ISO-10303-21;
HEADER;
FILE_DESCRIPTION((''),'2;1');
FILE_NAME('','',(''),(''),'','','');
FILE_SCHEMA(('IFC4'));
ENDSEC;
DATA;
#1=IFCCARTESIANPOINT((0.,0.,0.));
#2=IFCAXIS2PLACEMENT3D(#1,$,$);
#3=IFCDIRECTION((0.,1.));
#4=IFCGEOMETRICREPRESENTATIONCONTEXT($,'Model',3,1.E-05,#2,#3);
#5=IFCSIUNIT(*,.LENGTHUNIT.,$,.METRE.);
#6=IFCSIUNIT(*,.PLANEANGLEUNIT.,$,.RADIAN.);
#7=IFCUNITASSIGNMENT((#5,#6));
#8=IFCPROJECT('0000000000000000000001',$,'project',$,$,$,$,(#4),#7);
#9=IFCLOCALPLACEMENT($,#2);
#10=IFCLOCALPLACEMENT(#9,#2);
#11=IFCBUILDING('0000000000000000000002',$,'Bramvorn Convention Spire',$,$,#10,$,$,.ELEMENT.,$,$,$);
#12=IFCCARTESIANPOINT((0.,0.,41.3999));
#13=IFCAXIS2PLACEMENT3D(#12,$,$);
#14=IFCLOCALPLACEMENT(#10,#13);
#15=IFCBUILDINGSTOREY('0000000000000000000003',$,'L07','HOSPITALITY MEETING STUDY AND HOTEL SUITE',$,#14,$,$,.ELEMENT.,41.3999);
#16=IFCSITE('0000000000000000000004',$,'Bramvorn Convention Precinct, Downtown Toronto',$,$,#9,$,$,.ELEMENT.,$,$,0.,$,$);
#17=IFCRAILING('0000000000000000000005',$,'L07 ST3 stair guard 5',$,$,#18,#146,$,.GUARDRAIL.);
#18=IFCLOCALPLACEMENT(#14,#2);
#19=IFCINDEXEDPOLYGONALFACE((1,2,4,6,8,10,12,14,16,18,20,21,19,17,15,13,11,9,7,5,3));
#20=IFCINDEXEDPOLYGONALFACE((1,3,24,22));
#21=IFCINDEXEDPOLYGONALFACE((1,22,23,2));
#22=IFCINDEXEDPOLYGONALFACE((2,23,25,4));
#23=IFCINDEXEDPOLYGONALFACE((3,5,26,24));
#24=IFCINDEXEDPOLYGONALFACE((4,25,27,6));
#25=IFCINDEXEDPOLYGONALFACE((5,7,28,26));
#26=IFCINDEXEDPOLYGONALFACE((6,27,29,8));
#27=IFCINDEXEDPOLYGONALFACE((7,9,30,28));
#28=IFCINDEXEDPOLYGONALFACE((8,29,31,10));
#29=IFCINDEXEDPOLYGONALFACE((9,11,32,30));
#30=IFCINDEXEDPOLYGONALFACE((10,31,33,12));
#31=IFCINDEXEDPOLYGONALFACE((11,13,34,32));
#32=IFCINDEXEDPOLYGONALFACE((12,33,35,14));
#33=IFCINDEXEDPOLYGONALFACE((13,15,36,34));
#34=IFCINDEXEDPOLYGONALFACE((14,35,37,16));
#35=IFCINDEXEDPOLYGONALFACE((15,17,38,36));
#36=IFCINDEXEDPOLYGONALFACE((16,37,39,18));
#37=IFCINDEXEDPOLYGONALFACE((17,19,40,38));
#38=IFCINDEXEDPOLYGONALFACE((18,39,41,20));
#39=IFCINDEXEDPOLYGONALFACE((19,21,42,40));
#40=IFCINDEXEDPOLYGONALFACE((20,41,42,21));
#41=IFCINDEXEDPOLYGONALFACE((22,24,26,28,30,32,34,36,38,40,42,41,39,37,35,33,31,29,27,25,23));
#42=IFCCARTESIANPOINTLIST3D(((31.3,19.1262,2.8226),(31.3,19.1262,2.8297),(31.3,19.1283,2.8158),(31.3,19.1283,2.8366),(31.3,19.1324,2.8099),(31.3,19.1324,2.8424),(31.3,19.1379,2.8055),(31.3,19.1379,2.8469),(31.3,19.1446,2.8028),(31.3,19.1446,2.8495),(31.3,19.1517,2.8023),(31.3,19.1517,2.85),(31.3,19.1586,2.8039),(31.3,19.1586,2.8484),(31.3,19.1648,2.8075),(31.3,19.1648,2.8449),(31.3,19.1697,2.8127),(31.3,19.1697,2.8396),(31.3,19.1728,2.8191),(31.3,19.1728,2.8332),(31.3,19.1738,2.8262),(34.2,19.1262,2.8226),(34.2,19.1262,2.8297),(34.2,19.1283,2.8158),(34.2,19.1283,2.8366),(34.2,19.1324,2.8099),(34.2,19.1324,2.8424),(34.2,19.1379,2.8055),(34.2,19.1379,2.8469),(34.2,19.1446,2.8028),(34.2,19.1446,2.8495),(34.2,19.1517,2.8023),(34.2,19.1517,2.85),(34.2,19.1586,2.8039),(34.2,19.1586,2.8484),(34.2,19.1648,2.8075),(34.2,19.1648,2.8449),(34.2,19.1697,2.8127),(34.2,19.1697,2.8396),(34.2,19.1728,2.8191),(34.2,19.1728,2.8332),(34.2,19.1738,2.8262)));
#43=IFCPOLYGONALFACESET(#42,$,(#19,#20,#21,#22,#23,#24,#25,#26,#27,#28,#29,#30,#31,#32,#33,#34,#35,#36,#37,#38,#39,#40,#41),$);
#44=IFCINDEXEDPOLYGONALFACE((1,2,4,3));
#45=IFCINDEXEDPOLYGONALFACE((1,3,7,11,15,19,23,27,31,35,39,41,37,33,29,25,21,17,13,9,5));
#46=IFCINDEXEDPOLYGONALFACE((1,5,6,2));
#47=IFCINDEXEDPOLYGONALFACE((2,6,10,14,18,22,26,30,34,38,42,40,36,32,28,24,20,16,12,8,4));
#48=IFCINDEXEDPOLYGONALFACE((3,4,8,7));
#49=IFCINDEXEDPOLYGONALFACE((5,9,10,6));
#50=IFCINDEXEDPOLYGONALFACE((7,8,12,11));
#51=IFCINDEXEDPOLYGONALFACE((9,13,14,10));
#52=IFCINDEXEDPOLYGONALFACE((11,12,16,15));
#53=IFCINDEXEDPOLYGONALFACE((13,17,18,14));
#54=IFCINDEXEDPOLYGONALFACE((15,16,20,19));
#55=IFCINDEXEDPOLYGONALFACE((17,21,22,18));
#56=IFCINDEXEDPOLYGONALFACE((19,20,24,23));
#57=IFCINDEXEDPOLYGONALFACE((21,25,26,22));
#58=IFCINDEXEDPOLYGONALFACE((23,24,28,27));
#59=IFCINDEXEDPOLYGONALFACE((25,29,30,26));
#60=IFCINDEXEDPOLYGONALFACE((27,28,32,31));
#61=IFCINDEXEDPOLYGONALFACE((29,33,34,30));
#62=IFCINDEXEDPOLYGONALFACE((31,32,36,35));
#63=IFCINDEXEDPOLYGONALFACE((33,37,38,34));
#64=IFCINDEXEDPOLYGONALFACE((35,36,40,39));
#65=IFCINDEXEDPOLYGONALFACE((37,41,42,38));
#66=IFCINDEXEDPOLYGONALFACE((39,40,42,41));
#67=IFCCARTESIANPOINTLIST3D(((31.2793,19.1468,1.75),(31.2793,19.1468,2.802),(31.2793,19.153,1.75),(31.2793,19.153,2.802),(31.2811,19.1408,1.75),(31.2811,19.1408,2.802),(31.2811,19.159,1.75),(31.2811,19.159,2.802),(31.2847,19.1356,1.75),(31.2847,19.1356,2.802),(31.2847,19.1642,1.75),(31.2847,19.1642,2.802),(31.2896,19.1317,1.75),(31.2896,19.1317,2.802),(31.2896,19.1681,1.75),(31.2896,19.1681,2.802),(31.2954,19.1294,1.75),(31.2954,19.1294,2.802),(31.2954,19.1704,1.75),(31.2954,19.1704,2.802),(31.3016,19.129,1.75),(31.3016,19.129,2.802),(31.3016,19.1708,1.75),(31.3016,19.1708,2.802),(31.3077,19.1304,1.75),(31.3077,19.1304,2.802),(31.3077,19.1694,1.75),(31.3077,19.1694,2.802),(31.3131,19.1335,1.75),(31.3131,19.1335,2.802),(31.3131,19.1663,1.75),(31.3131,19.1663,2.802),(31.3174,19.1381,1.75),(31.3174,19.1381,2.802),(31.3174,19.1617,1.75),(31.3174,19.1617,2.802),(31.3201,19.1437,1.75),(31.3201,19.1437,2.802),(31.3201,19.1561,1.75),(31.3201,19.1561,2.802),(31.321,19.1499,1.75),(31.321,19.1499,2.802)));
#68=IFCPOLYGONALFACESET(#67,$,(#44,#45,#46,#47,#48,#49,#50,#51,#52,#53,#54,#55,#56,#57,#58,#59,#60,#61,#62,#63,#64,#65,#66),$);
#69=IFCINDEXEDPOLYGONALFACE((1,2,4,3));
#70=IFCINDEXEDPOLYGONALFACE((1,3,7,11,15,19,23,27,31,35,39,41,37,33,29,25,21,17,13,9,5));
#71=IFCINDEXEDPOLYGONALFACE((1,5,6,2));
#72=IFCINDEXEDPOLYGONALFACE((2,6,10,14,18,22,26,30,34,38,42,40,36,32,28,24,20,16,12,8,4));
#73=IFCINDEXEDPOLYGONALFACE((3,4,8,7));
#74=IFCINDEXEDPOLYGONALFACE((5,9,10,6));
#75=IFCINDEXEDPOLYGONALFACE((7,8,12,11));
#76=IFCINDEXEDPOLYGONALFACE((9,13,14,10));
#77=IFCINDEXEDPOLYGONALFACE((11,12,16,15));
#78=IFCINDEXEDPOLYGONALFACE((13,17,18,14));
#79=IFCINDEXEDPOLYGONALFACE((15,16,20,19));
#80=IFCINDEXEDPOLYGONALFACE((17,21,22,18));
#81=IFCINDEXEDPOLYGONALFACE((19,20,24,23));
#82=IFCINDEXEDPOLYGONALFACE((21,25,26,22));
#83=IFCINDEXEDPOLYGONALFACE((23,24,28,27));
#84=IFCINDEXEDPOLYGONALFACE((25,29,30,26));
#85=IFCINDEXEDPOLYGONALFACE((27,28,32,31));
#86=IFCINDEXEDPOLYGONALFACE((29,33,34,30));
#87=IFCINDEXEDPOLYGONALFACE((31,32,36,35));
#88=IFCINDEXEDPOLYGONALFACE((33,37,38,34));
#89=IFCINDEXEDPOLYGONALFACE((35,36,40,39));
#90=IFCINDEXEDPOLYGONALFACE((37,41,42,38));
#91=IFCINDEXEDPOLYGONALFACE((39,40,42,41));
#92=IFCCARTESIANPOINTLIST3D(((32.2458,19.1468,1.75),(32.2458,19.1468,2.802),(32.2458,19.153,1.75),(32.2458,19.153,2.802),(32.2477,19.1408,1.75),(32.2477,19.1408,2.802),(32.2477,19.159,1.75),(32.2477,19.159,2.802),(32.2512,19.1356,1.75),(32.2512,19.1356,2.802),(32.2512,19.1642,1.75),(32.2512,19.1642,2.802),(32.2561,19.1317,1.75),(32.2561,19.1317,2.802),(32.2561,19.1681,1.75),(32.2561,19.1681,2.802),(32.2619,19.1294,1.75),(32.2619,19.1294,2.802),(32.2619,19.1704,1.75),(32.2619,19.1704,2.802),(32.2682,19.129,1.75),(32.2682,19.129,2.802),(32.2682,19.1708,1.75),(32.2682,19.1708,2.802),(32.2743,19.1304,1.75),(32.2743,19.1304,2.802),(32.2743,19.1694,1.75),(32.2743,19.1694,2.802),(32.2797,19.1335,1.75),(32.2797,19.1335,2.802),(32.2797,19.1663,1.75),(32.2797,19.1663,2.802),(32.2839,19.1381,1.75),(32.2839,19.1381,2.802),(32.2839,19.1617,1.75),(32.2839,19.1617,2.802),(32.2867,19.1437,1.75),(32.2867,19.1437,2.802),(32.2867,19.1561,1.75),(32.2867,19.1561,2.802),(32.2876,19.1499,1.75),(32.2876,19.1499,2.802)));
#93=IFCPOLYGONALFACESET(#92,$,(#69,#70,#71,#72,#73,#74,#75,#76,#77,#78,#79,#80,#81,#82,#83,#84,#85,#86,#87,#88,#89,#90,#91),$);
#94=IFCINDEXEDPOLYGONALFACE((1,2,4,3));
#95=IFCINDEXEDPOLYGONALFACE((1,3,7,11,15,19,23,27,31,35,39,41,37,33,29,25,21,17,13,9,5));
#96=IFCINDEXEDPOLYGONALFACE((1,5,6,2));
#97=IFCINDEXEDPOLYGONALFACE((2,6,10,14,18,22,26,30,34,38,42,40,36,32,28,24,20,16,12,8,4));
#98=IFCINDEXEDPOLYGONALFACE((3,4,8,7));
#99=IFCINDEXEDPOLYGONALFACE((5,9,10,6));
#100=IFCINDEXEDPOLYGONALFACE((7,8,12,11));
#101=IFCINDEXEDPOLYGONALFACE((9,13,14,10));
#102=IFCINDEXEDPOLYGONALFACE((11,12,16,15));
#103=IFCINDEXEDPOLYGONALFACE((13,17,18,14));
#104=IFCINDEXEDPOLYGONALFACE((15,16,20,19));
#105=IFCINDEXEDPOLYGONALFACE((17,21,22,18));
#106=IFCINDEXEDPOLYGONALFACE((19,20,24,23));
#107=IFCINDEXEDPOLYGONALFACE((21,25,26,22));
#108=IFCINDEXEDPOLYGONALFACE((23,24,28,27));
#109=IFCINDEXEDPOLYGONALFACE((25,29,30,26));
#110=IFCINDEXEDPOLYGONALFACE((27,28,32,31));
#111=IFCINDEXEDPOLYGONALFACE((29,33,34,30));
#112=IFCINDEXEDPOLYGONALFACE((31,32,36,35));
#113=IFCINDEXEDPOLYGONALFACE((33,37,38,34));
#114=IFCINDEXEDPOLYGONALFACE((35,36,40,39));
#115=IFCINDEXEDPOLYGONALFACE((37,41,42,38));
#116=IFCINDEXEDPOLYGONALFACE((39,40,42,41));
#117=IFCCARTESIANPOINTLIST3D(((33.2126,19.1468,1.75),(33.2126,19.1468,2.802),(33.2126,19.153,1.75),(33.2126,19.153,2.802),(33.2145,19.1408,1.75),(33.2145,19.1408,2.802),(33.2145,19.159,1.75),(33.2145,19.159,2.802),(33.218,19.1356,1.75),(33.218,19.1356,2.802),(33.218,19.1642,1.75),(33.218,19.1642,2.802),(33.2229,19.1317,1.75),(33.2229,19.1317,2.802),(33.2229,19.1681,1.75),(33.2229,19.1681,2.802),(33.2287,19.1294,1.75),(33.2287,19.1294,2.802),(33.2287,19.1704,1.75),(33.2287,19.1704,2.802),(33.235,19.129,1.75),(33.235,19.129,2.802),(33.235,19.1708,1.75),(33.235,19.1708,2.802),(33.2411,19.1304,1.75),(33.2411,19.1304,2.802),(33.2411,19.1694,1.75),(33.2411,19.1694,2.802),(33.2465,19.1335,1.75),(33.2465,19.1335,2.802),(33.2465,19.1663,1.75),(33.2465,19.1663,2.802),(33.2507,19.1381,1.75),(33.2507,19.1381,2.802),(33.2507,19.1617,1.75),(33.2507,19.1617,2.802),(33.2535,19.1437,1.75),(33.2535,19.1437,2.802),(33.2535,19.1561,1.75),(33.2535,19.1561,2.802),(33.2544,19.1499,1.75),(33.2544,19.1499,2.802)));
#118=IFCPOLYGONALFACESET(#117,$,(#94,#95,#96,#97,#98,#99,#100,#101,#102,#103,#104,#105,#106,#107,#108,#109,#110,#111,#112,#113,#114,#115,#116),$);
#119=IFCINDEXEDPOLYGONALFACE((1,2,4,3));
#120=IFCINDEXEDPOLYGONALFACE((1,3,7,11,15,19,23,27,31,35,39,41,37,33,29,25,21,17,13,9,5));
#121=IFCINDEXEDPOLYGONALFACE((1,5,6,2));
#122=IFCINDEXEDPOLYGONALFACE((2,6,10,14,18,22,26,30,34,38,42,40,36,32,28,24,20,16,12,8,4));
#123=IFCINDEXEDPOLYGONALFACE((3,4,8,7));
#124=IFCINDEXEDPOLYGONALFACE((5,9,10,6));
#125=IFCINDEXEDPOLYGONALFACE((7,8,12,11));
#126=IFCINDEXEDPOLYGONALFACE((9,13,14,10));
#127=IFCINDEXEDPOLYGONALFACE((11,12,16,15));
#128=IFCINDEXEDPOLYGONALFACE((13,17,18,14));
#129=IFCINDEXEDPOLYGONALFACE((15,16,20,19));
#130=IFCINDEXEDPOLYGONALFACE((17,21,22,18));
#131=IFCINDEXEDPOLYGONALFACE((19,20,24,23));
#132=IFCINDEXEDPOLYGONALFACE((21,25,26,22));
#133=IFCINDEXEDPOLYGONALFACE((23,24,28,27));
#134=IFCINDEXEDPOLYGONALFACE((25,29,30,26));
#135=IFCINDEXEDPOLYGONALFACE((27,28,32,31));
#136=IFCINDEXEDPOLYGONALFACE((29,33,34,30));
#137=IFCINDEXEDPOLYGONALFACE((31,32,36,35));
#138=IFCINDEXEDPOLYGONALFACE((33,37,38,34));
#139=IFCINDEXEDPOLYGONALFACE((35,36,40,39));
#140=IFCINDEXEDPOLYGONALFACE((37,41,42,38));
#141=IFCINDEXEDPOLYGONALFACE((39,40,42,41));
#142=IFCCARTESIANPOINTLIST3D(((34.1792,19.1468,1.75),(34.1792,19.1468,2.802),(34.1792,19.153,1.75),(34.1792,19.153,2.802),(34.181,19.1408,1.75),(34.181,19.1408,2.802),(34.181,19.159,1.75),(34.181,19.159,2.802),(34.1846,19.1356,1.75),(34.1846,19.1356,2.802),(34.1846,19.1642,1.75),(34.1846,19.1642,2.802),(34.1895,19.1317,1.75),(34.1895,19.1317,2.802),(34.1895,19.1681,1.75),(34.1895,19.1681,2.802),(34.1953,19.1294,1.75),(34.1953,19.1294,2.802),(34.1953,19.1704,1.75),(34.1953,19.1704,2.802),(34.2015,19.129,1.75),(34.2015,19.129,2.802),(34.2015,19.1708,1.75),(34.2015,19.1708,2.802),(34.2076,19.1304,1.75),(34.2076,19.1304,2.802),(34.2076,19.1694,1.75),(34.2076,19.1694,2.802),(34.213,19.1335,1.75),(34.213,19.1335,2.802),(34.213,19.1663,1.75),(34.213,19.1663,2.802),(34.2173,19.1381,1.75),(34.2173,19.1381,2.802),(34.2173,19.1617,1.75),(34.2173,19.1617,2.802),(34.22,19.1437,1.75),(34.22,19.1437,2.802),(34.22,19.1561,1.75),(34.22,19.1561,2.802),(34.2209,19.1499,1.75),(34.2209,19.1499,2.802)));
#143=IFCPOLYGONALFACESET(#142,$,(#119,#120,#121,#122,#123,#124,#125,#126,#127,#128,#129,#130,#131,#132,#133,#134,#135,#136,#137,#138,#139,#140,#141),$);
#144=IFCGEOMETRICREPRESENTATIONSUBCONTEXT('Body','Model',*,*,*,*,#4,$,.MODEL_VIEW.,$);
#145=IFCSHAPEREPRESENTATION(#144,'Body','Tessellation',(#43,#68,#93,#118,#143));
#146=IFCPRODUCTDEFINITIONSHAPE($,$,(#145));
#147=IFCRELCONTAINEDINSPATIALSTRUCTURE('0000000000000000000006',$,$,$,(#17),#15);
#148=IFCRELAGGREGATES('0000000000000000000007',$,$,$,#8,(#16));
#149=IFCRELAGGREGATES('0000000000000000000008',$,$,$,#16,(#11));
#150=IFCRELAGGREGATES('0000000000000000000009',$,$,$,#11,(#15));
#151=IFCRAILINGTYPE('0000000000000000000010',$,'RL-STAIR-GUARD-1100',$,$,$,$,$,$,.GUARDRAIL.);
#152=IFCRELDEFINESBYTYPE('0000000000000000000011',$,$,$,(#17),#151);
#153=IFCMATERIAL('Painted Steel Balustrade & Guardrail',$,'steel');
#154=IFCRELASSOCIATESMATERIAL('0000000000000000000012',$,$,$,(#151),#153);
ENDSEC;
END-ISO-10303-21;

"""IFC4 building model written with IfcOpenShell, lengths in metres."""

from ifc_helpers import new_model, si_unit, direction, frame, origin, origin_2d, place, context, subcontext, project, spatial, circle, extrude, material, type_object, element, save


model = new_model("IFC4")

# Units and contexts
model_context = context("Model", 3, precision=1e-05, world=origin(), true_north=direction((0.0, 1.0)))
body_context = subcontext(model_context, "Body", "Model", "MODEL_VIEW")
ifc_project = project(units=[si_unit("LENGTHUNIT", "METRE"), si_unit("PLANEANGLEUNIT", "RADIAN")], contexts=[model_context])

# Site, building, storey
site_placement = place(None, origin())
site = spatial("IfcSite", under=ifc_project, at=site_placement, Name="Bramvorn Convention Precinct, Downtown Toronto", CompositionType="ELEMENT", RefElevation=0.0)
building_placement = place(site_placement, origin())
building = spatial("IfcBuilding", under=site, at=building_placement, Name="Bramvorn Convention Spire", CompositionType="ELEMENT")
storey_placement = place(building_placement, frame((0.0, 0.0, 41.3999)))
storey = spatial("IfcBuildingStorey", under=building, at=storey_placement, Name="L07", Description="HOSPITALITY MEETING STUDY AND HOTEL SUITE", CompositionType="ELEMENT", Elevation=41.3999)

# Railing
ifc_material_1 = material(Name="Painted Steel Balustrade & Guardrail", Category="steel")
railing_type_1 = type_object("IfcRailingType", Name="RL-STAIR-GUARD-1100", PredefinedType="GUARDRAIL", material=ifc_material_1)
railing_1_placement = place(storey_placement, frame((31.3, 19.1499, 1.75)))
element("IfcRailing", 1, at=railing_1_placement, inside=storey, type_object=railing_type_1, Name="L07 ST3 stair guard 5", PredefinedType="GUARDRAIL", context=body_context, shape_type="SweptSolid", body=[
    extrude(circle(Radius=0.0239, at=origin_2d()), frame((0.0, 0.0, 1.0762), z_axis=(1.0, 0.0, 0.0), x_axis=(0.0, 1.0, 0.0)), (0.0, 0.0, 1.0), 2.8999),
    extrude(circle(Radius=0.021, at=origin_2d()), origin(), (0.0, 0.0, 1.0), 1.052),
    extrude(circle(Radius=0.021, at=origin_2d()), frame((0.9666, 0.0, 0.0)), (0.0, 0.0, 1.0), 1.052),
    extrude(circle(Radius=0.021, at=origin_2d()), frame((1.9333, 0.0, 0.0)), (0.0, 0.0, 1.0), 1.052),
    extrude(circle(Radius=0.021, at=origin_2d()), frame((2.8999, 0.0, 0.0)), (0.0, 0.0, 1.0), 1.052),
])

save(model, "model.ifc")
